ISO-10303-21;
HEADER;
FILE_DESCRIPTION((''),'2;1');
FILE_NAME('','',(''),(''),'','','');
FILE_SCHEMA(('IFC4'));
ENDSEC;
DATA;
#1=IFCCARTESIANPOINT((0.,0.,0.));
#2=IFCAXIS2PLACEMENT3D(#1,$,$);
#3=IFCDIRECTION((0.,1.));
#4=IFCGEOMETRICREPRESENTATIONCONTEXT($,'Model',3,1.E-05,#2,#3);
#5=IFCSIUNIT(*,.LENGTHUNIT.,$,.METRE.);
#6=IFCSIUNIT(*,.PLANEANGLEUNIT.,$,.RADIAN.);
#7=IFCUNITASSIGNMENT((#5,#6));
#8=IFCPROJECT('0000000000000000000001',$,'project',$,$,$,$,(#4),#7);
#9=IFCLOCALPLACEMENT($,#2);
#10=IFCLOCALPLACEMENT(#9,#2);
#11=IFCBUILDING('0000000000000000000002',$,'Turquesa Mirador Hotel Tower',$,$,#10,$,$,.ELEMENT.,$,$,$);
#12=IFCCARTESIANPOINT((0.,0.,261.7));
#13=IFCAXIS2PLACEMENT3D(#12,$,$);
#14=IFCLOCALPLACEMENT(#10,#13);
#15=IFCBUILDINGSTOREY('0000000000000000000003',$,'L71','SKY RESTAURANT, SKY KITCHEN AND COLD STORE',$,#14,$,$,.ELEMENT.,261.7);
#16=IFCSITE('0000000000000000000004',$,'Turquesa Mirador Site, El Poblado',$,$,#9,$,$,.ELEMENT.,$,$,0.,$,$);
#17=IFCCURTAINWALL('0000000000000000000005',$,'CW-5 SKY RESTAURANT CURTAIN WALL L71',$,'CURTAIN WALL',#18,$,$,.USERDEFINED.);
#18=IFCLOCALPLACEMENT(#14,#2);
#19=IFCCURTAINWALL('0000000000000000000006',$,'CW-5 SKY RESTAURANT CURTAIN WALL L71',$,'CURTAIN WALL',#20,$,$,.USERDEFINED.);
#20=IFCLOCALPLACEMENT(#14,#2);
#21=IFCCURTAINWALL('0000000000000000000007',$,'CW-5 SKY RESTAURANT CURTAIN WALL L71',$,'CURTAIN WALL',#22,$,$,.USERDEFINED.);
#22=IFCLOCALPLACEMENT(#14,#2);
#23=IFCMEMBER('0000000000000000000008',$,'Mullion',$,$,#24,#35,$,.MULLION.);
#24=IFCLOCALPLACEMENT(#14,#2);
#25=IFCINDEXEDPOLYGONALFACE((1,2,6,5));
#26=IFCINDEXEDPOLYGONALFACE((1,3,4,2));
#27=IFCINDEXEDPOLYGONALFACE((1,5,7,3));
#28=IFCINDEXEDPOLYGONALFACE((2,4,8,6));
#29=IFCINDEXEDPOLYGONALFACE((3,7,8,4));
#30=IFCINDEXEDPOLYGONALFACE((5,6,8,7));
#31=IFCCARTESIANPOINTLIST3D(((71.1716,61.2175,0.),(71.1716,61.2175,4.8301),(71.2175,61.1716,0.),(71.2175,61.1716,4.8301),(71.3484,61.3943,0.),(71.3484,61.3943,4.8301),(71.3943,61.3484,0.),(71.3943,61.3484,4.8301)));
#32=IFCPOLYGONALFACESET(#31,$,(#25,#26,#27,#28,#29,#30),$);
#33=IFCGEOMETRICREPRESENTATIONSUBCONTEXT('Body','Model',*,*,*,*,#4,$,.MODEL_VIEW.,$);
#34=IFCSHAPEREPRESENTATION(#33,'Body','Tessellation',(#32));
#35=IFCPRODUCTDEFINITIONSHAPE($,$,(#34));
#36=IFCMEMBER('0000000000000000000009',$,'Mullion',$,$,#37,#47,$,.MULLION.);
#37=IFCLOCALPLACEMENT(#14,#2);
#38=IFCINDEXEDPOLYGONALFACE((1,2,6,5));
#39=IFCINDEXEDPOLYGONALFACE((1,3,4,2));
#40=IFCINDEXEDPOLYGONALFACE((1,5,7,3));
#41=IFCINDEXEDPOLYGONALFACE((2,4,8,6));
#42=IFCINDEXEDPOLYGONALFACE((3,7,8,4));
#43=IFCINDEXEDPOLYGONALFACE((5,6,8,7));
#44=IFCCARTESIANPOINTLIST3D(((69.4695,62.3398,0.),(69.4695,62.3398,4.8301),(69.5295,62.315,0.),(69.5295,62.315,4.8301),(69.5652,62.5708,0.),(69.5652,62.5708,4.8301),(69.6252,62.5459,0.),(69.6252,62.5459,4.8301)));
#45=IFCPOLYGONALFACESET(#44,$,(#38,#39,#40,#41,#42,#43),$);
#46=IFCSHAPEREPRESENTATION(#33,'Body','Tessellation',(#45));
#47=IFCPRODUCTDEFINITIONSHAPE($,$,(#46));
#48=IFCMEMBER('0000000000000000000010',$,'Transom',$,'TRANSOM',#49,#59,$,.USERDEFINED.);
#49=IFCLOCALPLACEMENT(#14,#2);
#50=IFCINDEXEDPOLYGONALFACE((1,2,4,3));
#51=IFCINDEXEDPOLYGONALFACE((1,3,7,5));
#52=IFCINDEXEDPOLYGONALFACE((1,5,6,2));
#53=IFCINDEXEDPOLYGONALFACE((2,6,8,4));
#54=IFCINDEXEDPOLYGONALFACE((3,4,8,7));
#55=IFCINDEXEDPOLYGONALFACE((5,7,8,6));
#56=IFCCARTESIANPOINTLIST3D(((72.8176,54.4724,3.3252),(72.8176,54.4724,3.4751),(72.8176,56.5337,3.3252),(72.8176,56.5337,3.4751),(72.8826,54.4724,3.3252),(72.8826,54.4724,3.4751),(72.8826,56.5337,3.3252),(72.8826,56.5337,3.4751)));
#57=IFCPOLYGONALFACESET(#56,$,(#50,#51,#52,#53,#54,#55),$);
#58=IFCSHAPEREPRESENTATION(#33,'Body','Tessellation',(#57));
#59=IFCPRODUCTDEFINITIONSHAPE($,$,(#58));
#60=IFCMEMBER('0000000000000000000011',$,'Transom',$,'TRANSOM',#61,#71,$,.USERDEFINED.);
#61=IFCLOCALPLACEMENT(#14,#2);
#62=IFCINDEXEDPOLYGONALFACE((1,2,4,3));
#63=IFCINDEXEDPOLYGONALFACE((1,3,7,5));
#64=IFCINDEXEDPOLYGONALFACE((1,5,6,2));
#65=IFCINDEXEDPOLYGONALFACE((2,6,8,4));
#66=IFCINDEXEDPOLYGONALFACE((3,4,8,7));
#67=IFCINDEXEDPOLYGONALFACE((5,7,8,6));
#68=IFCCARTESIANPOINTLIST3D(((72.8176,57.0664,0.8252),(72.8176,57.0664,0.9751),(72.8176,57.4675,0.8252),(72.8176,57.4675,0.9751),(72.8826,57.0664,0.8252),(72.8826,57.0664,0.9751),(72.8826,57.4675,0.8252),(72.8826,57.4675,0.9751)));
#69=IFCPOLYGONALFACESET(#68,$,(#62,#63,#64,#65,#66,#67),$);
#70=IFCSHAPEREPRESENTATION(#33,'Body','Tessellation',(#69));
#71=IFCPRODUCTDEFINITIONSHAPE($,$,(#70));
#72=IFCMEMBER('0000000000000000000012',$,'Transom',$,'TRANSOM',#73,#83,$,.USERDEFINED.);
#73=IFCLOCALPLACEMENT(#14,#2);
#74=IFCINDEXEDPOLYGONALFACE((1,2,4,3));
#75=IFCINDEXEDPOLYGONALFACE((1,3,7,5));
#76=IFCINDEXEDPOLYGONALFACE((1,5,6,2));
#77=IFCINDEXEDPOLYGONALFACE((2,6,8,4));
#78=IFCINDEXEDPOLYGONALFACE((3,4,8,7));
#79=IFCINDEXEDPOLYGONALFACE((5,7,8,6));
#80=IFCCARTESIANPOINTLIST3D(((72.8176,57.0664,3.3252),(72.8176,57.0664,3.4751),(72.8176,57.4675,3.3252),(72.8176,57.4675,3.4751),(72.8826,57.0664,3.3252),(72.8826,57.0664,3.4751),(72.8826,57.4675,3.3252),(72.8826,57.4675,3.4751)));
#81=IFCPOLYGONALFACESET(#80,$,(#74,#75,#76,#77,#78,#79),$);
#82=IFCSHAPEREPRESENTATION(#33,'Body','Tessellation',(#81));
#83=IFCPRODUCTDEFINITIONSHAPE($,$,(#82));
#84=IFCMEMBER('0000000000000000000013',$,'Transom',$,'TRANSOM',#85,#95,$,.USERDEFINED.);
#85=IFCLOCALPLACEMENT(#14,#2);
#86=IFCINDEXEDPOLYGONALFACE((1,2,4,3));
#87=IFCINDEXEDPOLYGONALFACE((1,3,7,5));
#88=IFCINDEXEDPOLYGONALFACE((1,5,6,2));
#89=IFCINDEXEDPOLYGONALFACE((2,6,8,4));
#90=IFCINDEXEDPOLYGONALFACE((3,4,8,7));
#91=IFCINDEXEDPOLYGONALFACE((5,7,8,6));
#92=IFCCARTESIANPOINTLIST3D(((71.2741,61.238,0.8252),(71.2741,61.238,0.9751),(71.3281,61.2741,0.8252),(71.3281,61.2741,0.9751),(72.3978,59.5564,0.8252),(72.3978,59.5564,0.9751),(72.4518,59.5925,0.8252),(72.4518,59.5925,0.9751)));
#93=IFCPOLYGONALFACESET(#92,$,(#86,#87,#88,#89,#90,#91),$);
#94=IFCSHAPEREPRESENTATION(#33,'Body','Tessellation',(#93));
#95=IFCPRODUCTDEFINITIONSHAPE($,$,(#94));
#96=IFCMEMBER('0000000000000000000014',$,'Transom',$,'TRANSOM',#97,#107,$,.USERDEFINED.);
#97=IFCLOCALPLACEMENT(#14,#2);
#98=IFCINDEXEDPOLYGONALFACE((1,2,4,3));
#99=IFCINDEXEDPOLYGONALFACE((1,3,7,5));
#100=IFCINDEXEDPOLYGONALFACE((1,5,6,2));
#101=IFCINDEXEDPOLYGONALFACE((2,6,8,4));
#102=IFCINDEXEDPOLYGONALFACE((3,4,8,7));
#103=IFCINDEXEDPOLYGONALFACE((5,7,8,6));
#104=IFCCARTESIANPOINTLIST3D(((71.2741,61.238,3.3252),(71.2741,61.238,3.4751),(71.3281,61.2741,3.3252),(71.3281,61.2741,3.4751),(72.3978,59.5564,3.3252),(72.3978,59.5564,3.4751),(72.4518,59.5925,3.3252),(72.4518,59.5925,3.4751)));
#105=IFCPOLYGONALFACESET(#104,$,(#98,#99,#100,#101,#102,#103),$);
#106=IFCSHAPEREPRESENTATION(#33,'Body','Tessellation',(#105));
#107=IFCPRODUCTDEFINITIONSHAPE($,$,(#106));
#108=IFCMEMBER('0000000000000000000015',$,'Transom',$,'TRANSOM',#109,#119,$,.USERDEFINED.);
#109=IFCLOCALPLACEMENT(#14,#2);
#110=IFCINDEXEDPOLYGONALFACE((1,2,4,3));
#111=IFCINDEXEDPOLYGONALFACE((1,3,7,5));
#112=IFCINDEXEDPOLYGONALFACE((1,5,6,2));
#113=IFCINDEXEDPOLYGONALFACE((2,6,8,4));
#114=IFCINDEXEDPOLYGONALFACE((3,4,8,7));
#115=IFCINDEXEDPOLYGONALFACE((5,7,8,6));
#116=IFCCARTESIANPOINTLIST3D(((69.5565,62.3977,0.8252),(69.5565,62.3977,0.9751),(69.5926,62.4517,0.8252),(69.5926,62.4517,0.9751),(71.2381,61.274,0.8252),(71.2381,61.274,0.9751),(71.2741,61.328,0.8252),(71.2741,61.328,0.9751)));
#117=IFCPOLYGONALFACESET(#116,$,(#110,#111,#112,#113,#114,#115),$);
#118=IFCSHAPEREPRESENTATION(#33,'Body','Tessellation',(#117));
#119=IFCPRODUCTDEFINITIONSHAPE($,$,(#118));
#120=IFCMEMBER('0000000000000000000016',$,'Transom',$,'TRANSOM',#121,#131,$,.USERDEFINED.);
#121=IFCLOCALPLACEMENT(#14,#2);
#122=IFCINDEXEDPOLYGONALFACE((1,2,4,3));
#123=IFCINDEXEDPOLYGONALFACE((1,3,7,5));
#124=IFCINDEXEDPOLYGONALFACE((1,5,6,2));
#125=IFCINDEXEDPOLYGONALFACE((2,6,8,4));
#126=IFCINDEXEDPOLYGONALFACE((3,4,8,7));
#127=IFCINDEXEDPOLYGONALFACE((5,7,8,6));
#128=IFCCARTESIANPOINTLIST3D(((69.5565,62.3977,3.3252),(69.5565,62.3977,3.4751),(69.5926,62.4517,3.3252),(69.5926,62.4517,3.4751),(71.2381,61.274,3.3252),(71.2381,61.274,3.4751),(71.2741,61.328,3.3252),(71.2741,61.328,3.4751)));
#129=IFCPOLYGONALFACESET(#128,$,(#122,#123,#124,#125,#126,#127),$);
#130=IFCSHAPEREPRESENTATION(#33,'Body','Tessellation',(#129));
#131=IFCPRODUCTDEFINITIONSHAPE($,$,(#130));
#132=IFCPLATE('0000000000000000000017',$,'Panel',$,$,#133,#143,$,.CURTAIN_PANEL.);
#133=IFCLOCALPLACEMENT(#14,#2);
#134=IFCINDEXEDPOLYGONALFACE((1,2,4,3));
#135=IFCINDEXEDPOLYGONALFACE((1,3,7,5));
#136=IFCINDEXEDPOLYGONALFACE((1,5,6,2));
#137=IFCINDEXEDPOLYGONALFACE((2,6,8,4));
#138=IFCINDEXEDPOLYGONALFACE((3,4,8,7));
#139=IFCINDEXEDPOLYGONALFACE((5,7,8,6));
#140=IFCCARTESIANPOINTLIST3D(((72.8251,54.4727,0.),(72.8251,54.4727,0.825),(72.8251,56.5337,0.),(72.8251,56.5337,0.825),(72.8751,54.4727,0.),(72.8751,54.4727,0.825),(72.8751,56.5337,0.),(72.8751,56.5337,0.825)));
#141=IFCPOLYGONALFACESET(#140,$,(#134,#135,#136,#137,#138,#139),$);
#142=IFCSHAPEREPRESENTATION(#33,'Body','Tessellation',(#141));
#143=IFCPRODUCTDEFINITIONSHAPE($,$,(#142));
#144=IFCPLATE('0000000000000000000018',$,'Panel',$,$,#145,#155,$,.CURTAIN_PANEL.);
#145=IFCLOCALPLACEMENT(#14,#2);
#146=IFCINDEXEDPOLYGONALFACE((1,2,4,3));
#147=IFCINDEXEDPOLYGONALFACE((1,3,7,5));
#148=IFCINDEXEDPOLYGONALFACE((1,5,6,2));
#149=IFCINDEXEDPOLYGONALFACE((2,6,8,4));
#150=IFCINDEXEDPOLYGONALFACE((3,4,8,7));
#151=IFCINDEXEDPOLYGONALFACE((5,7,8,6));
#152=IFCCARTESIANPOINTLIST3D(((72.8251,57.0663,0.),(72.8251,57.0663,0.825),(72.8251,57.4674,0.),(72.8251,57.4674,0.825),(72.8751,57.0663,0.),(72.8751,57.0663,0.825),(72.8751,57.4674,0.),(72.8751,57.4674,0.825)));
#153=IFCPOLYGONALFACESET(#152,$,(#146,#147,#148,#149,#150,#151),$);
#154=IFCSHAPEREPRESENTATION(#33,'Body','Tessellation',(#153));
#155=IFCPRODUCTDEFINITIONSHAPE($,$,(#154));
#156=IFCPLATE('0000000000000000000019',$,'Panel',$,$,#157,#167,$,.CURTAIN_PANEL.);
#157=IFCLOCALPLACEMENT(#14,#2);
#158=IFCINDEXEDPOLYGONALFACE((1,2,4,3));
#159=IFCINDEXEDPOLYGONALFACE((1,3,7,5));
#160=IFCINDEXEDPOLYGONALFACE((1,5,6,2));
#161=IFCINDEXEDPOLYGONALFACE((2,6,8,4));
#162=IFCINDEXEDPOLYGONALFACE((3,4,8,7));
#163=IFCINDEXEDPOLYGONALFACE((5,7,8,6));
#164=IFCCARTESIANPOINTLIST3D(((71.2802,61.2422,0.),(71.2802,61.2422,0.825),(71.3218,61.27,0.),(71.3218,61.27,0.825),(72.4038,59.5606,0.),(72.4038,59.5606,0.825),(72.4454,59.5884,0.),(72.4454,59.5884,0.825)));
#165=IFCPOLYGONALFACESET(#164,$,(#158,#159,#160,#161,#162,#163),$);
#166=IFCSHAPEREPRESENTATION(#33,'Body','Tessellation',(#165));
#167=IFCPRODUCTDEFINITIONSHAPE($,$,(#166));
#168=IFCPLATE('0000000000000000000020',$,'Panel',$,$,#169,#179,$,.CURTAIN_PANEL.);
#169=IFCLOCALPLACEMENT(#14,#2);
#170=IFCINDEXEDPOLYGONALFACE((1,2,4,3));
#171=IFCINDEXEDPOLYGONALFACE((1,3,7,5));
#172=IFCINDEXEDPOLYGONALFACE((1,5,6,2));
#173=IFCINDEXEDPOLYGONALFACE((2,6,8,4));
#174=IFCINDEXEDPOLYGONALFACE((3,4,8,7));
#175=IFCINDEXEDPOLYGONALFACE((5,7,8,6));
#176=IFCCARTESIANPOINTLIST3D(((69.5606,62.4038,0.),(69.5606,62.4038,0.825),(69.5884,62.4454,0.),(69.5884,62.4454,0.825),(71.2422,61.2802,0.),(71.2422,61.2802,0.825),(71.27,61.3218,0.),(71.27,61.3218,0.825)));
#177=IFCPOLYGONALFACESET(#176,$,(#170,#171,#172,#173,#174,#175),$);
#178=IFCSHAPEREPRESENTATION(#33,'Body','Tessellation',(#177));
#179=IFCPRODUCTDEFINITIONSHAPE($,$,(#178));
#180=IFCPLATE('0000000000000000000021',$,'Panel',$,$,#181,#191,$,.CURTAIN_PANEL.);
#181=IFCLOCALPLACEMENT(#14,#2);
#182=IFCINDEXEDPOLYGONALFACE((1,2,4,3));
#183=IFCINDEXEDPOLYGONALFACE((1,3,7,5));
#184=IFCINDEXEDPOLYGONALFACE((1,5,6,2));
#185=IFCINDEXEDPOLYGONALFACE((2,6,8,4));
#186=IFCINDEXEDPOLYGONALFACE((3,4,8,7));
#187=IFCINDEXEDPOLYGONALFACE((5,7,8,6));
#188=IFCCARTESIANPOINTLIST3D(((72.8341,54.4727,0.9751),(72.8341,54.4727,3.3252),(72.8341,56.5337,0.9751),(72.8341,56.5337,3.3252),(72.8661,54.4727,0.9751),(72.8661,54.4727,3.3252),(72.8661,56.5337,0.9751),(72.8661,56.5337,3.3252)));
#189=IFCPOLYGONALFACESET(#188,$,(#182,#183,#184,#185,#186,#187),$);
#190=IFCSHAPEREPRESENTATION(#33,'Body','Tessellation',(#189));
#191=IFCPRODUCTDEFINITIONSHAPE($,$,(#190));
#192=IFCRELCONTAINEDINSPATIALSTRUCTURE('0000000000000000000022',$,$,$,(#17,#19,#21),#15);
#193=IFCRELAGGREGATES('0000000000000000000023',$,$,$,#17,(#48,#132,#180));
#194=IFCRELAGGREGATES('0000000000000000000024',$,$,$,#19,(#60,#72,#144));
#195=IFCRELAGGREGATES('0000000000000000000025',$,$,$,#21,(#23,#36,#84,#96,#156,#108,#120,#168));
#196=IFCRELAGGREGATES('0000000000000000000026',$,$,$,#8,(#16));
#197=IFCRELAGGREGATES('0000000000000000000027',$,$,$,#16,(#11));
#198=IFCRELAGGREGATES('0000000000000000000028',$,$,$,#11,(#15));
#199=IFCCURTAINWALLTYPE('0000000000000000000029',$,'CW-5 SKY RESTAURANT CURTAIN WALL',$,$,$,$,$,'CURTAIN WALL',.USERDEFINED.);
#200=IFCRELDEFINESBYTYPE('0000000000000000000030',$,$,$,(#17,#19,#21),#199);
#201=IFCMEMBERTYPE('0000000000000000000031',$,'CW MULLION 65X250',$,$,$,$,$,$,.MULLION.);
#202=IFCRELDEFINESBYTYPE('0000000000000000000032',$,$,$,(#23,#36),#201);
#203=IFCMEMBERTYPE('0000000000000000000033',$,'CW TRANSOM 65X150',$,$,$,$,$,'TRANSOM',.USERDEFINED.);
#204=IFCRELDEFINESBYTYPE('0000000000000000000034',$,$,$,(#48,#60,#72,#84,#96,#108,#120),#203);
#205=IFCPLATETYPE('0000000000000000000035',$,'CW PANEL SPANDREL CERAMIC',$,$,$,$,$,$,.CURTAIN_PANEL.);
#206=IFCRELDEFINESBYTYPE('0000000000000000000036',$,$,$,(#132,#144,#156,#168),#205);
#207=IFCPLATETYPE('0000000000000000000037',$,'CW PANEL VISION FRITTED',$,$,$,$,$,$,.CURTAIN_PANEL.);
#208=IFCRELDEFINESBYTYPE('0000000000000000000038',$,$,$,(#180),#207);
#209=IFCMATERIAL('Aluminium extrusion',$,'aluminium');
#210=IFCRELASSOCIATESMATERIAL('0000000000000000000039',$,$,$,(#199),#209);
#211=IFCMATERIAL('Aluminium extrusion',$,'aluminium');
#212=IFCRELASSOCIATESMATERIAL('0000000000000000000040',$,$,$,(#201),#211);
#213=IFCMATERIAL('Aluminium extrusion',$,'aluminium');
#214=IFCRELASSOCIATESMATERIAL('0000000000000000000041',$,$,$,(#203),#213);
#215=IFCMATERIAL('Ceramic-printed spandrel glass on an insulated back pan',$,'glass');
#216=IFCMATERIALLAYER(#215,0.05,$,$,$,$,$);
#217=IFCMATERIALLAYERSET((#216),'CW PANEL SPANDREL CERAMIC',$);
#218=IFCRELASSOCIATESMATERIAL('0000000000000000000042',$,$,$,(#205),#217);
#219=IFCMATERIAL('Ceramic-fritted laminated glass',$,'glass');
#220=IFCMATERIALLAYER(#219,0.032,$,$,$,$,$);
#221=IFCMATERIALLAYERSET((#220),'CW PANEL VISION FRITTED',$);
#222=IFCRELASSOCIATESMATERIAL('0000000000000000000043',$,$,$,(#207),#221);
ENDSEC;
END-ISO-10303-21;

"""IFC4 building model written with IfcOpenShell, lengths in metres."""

from ifc_helpers import new_model, si_unit, direction, frame, origin, origin_2d, place, context, subcontext, project, spatial, rectangle, extrude, material, layer, layer_set, material_profile, profile_set, type_object, element, aggregate, save


model = new_model("IFC4")

# Units and contexts
model_context = context("Model", 3, precision=1e-05, world=origin(), true_north=direction((0.0, 1.0)))
body_context = subcontext(model_context, "Body", "Model", "MODEL_VIEW")
ifc_project = project(units=[si_unit("LENGTHUNIT", "METRE"), si_unit("PLANEANGLEUNIT", "RADIAN")], contexts=[model_context])

# Site, building, storey
site_placement = place(None, origin())
site = spatial("IfcSite", under=ifc_project, at=site_placement, Name="Turquesa Mirador Site, El Poblado", CompositionType="ELEMENT", RefElevation=0.0)
building_placement = place(site_placement, origin())
building = spatial("IfcBuilding", under=site, at=building_placement, Name="Turquesa Mirador Hotel Tower", CompositionType="ELEMENT")
storey_placement = place(building_placement, frame((0.0, 0.0, 261.7)))
storey = spatial("IfcBuildingStorey", under=building, at=storey_placement, Name="L71", Description="SKY RESTAURANT, SKY KITCHEN AND COLD STORE", CompositionType="ELEMENT", Elevation=261.7)

# Curtain wall
ifc_material_1 = material(Name="Aluminium extrusion", Category="aluminium")
curtain_wall_type = type_object("IfcCurtainWallType", Name="CW-5 SKY RESTAURANT CURTAIN WALL", ElementType="CURTAIN WALL", PredefinedType="USERDEFINED", material=ifc_material_1)
curtain_wall_1_placement = place(storey_placement, origin())
curtain_wall_1 = element("IfcCurtainWall", 1, at=curtain_wall_1_placement, inside=storey, type_object=curtain_wall_type, Name="CW-5 SKY RESTAURANT CURTAIN WALL L71", ObjectType="CURTAIN WALL", PredefinedType="USERDEFINED")
ifc_material_2 = material(Name="Aluminium extrusion", Category="aluminium")
ifc_material_profile_1 = material_profile(ifc_material_2, rectangle(XDim=0.0649, YDim=0.25, at=origin_2d()), Name="MULLION 65X250")
ifc_profile_set_1 = profile_set([ifc_material_profile_1], Name="Aluminium extrusion")
member_type_1 = type_object("IfcMemberType", Name="CW MULLION 65X250", PredefinedType="MULLION", material=ifc_profile_set_1)

# Curtain walls, members
curtain_wall_2_placement = place(storey_placement, origin())
curtain_wall_2 = element("IfcCurtainWall", 2, at=curtain_wall_2_placement, inside=storey, type_object=curtain_wall_type, Name="CW-5 SKY RESTAURANT CURTAIN WALL L71", ObjectType="CURTAIN WALL", PredefinedType="USERDEFINED")
curtain_wall_3_placement = place(storey_placement, origin())
curtain_wall_3 = element("IfcCurtainWall", 3, at=curtain_wall_3_placement, inside=storey, type_object=curtain_wall_type, Name="CW-5 SKY RESTAURANT CURTAIN WALL L71", ObjectType="CURTAIN WALL", PredefinedType="USERDEFINED")
member_1_placement = place(storey_placement, frame((71.283, 61.283, 0.0), z_axis=(0.0, 0.0, 1.0), x_axis=(-0.707107, 0.707107, 0.0)))
member_1 = element("IfcMember", 4, at=member_1_placement, type_object=member_type_1, Name="Mullion", PredefinedType="MULLION", context=body_context, shape_type="SweptSolid", body=[
    extrude(rectangle(XDim=0.0649, YDim=0.25, at=origin_2d()), origin(), (0.0, 0.0, 1.0), 4.8301),
])
member_2_placement = place(storey_placement, frame((69.5474, 62.4429, 0.0), z_axis=(0.0, 0.0, 1.0), x_axis=(-0.92388, 0.382683, 0.0)))
member_2 = element("IfcMember", 5, at=member_2_placement, type_object=member_type_1, Name="Mullion", PredefinedType="MULLION", context=body_context, shape_type="SweptSolid", body=[
    extrude(rectangle(XDim=0.0649, YDim=0.25, at=origin_2d()), origin(), (0.0, 0.0, 1.0), 4.8301),
])

# Members
ifc_material_3 = material(Name="Aluminium extrusion", Category="aluminium")
ifc_material_profile_2 = material_profile(ifc_material_3, rectangle(XDim=0.0649, YDim=0.1499, at=origin_2d()), Name="TRANSOM 65X150")
ifc_profile_set_2 = profile_set([ifc_material_profile_2], Name="Aluminium extrusion")
member_type_2 = type_object("IfcMemberType", Name="CW TRANSOM 65X150", ElementType="TRANSOM", PredefinedType="USERDEFINED", material=ifc_profile_set_2)
member_3_placement = place(storey_placement, frame((72.8501, 54.4724, 3.4001), z_axis=(0.0, 1.0, 0.0), x_axis=(-1.0, 0.0, 0.0)))
member_3 = element("IfcMember", 6, at=member_3_placement, type_object=member_type_2, Name="Transom", ObjectType="TRANSOM", PredefinedType="USERDEFINED", context=body_context, shape_type="SweptSolid", body=[
    extrude(rectangle(XDim=0.0649, YDim=0.1499, at=origin_2d()), origin(), (0.0, 0.0, 1.0), 2.0613),
])
member_4_placement = place(storey_placement, frame((72.8501, 57.0664, 0.9001), z_axis=(0.0, 1.0, 0.0), x_axis=(-1.0, 0.0, 0.0)))
member_4 = element("IfcMember", 7, at=member_4_placement, type_object=member_type_2, Name="Transom", ObjectType="TRANSOM", PredefinedType="USERDEFINED", context=body_context, shape_type="SweptSolid", body=[
    extrude(rectangle(XDim=0.0649, YDim=0.1499, at=origin_2d()), origin(), (0.0, 0.0, 1.0), 0.4011),
])
member_5_placement = place(storey_placement, frame((72.8501, 57.0664, 3.4001), z_axis=(0.0, 1.0, 0.0), x_axis=(-1.0, 0.0, 0.0)))
member_5 = element("IfcMember", 8, at=member_5_placement, type_object=member_type_2, Name="Transom", ObjectType="TRANSOM", PredefinedType="USERDEFINED", context=body_context, shape_type="SweptSolid", body=[
    extrude(rectangle(XDim=0.0649, YDim=0.1499, at=origin_2d()), origin(), (0.0, 0.0, 1.0), 0.4011),
])
member_6_placement = place(storey_placement, frame((72.4248, 59.5745, 0.9001), z_axis=(-0.555619, 0.831437, 0.0), x_axis=(-0.831437, -0.555619, 0.0)))
member_6 = element("IfcMember", 9, at=member_6_placement, type_object=member_type_2, Name="Transom", ObjectType="TRANSOM", PredefinedType="USERDEFINED", context=body_context, shape_type="SweptSolid", body=[
    extrude(rectangle(XDim=0.0649, YDim=0.1499, at=origin_2d()), origin(), (0.0, 0.0, 1.0), 2.0225),
])
member_7_placement = place(storey_placement, frame((72.4248, 59.5745, 3.4001), z_axis=(-0.555619, 0.831437, 0.0), x_axis=(-0.831437, -0.555619, 0.0)))
member_7 = element("IfcMember", 10, at=member_7_placement, type_object=member_type_2, Name="Transom", ObjectType="TRANSOM", PredefinedType="USERDEFINED", context=body_context, shape_type="SweptSolid", body=[
    extrude(rectangle(XDim=0.0649, YDim=0.1499, at=origin_2d()), origin(), (0.0, 0.0, 1.0), 2.0225),
])
member_8_placement = place(storey_placement, frame((71.2561, 61.301, 0.9001), z_axis=(-0.831437, 0.555619, 0.0), x_axis=(-0.555619, -0.831437, 0.0)))
member_8 = element("IfcMember", 11, at=member_8_placement, type_object=member_type_2, Name="Transom", ObjectType="TRANSOM", PredefinedType="USERDEFINED", context=body_context, shape_type="SweptSolid", body=[
    extrude(rectangle(XDim=0.0649, YDim=0.1499, at=origin_2d()), origin(), (0.0, 0.0, 1.0), 2.0225),
])
member_9_placement = place(storey_placement, frame((71.2561, 61.301, 3.4001), z_axis=(-0.831437, 0.555619, 0.0), x_axis=(-0.555619, -0.831437, 0.0)))
member_9 = element("IfcMember", 12, at=member_9_placement, type_object=member_type_2, Name="Transom", ObjectType="TRANSOM", PredefinedType="USERDEFINED", context=body_context, shape_type="SweptSolid", body=[
    extrude(rectangle(XDim=0.0649, YDim=0.1499, at=origin_2d()), origin(), (0.0, 0.0, 1.0), 2.0225),
])

# Plates
ifc_material_4 = material(Name="Ceramic-printed spandrel glass on an insulated back pan", Category="glass")
ifc_layer_1 = layer(ifc_material_4, 0.05)
ifc_layer_set_1 = layer_set([ifc_layer_1], Name="CW PANEL SPANDREL CERAMIC")
plate_type_1 = type_object("IfcPlateType", Name="CW PANEL SPANDREL CERAMIC", PredefinedType="CURTAIN_PANEL", material=ifc_layer_set_1)
plate_1_placement = place(storey_placement, frame((72.8501, 55.5032, 0.0), z_axis=(0.0, 0.0, 1.0), x_axis=(0.0, 1.0, 0.0)))
plate_1 = element("IfcPlate", 13, at=plate_1_placement, type_object=plate_type_1, Name="Panel", PredefinedType="CURTAIN_PANEL", context=body_context, shape_type="SweptSolid", body=[
    extrude(rectangle(XDim=2.061, YDim=0.05, at=origin_2d()), origin(), (0.0, 0.0, 1.0), 0.825),
])
plate_2_placement = place(storey_placement, frame((72.8501, 57.2668, 0.0), z_axis=(0.0, 0.0, 1.0), x_axis=(0.0, 1.0, 0.0)))
plate_2 = element("IfcPlate", 14, at=plate_2_placement, type_object=plate_type_1, Name="Panel", PredefinedType="CURTAIN_PANEL", context=body_context, shape_type="SweptSolid", body=[
    extrude(rectangle(XDim=0.4011, YDim=0.05, at=origin_2d()), origin(), (0.0, 0.0, 1.0), 0.825),
])
plate_3_placement = place(storey_placement, frame((71.8628, 60.4153, 0.0), z_axis=(0.0, 0.0, 1.0), x_axis=(-0.55557, 0.83147, 0.0)))
plate_3 = element("IfcPlate", 15, at=plate_3_placement, type_object=plate_type_1, Name="Panel", PredefinedType="CURTAIN_PANEL", context=body_context, shape_type="SweptSolid", body=[
    extrude(rectangle(XDim=2.0225, YDim=0.05, at=origin_2d()), origin(), (0.0, 0.0, 1.0), 0.825),
])
plate_4_placement = place(storey_placement, frame((70.4153, 61.8628, 0.0), z_axis=(0.0, 0.0, 1.0), x_axis=(-0.83147, 0.55557, 0.0)))
plate_4 = element("IfcPlate", 16, at=plate_4_placement, type_object=plate_type_1, Name="Panel", PredefinedType="CURTAIN_PANEL", context=body_context, shape_type="SweptSolid", body=[
    extrude(rectangle(XDim=2.0225, YDim=0.05, at=origin_2d()), origin(), (0.0, 0.0, 1.0), 0.825),
])
ifc_material_5 = material(Name="Ceramic-fritted laminated glass", Category="glass")
ifc_layer_2 = layer(ifc_material_5, 0.032)
ifc_layer_set_2 = layer_set([ifc_layer_2], Name="CW PANEL VISION FRITTED")
plate_type_2 = type_object("IfcPlateType", Name="CW PANEL VISION FRITTED", PredefinedType="CURTAIN_PANEL", material=ifc_layer_set_2)
plate_5_placement = place(storey_placement, frame((72.8501, 55.5032, 0.9751), z_axis=(0.0, 0.0, 1.0), x_axis=(0.0, 1.0, 0.0)))
plate_5 = element("IfcPlate", 17, at=plate_5_placement, type_object=plate_type_2, Name="Panel", PredefinedType="CURTAIN_PANEL", context=body_context, shape_type="SweptSolid", body=[
    extrude(rectangle(XDim=2.061, YDim=0.032, at=origin_2d()), origin(), (0.0, 0.0, 1.0), 2.3501),
])
aggregate(curtain_wall_1, [member_3, plate_1, plate_5])
aggregate(curtain_wall_2, [member_4, member_5, plate_2])
aggregate(curtain_wall_3, [member_1, member_2, member_6, member_7, plate_3, member_8, member_9, plate_4])

save(model, "model.ifc")
